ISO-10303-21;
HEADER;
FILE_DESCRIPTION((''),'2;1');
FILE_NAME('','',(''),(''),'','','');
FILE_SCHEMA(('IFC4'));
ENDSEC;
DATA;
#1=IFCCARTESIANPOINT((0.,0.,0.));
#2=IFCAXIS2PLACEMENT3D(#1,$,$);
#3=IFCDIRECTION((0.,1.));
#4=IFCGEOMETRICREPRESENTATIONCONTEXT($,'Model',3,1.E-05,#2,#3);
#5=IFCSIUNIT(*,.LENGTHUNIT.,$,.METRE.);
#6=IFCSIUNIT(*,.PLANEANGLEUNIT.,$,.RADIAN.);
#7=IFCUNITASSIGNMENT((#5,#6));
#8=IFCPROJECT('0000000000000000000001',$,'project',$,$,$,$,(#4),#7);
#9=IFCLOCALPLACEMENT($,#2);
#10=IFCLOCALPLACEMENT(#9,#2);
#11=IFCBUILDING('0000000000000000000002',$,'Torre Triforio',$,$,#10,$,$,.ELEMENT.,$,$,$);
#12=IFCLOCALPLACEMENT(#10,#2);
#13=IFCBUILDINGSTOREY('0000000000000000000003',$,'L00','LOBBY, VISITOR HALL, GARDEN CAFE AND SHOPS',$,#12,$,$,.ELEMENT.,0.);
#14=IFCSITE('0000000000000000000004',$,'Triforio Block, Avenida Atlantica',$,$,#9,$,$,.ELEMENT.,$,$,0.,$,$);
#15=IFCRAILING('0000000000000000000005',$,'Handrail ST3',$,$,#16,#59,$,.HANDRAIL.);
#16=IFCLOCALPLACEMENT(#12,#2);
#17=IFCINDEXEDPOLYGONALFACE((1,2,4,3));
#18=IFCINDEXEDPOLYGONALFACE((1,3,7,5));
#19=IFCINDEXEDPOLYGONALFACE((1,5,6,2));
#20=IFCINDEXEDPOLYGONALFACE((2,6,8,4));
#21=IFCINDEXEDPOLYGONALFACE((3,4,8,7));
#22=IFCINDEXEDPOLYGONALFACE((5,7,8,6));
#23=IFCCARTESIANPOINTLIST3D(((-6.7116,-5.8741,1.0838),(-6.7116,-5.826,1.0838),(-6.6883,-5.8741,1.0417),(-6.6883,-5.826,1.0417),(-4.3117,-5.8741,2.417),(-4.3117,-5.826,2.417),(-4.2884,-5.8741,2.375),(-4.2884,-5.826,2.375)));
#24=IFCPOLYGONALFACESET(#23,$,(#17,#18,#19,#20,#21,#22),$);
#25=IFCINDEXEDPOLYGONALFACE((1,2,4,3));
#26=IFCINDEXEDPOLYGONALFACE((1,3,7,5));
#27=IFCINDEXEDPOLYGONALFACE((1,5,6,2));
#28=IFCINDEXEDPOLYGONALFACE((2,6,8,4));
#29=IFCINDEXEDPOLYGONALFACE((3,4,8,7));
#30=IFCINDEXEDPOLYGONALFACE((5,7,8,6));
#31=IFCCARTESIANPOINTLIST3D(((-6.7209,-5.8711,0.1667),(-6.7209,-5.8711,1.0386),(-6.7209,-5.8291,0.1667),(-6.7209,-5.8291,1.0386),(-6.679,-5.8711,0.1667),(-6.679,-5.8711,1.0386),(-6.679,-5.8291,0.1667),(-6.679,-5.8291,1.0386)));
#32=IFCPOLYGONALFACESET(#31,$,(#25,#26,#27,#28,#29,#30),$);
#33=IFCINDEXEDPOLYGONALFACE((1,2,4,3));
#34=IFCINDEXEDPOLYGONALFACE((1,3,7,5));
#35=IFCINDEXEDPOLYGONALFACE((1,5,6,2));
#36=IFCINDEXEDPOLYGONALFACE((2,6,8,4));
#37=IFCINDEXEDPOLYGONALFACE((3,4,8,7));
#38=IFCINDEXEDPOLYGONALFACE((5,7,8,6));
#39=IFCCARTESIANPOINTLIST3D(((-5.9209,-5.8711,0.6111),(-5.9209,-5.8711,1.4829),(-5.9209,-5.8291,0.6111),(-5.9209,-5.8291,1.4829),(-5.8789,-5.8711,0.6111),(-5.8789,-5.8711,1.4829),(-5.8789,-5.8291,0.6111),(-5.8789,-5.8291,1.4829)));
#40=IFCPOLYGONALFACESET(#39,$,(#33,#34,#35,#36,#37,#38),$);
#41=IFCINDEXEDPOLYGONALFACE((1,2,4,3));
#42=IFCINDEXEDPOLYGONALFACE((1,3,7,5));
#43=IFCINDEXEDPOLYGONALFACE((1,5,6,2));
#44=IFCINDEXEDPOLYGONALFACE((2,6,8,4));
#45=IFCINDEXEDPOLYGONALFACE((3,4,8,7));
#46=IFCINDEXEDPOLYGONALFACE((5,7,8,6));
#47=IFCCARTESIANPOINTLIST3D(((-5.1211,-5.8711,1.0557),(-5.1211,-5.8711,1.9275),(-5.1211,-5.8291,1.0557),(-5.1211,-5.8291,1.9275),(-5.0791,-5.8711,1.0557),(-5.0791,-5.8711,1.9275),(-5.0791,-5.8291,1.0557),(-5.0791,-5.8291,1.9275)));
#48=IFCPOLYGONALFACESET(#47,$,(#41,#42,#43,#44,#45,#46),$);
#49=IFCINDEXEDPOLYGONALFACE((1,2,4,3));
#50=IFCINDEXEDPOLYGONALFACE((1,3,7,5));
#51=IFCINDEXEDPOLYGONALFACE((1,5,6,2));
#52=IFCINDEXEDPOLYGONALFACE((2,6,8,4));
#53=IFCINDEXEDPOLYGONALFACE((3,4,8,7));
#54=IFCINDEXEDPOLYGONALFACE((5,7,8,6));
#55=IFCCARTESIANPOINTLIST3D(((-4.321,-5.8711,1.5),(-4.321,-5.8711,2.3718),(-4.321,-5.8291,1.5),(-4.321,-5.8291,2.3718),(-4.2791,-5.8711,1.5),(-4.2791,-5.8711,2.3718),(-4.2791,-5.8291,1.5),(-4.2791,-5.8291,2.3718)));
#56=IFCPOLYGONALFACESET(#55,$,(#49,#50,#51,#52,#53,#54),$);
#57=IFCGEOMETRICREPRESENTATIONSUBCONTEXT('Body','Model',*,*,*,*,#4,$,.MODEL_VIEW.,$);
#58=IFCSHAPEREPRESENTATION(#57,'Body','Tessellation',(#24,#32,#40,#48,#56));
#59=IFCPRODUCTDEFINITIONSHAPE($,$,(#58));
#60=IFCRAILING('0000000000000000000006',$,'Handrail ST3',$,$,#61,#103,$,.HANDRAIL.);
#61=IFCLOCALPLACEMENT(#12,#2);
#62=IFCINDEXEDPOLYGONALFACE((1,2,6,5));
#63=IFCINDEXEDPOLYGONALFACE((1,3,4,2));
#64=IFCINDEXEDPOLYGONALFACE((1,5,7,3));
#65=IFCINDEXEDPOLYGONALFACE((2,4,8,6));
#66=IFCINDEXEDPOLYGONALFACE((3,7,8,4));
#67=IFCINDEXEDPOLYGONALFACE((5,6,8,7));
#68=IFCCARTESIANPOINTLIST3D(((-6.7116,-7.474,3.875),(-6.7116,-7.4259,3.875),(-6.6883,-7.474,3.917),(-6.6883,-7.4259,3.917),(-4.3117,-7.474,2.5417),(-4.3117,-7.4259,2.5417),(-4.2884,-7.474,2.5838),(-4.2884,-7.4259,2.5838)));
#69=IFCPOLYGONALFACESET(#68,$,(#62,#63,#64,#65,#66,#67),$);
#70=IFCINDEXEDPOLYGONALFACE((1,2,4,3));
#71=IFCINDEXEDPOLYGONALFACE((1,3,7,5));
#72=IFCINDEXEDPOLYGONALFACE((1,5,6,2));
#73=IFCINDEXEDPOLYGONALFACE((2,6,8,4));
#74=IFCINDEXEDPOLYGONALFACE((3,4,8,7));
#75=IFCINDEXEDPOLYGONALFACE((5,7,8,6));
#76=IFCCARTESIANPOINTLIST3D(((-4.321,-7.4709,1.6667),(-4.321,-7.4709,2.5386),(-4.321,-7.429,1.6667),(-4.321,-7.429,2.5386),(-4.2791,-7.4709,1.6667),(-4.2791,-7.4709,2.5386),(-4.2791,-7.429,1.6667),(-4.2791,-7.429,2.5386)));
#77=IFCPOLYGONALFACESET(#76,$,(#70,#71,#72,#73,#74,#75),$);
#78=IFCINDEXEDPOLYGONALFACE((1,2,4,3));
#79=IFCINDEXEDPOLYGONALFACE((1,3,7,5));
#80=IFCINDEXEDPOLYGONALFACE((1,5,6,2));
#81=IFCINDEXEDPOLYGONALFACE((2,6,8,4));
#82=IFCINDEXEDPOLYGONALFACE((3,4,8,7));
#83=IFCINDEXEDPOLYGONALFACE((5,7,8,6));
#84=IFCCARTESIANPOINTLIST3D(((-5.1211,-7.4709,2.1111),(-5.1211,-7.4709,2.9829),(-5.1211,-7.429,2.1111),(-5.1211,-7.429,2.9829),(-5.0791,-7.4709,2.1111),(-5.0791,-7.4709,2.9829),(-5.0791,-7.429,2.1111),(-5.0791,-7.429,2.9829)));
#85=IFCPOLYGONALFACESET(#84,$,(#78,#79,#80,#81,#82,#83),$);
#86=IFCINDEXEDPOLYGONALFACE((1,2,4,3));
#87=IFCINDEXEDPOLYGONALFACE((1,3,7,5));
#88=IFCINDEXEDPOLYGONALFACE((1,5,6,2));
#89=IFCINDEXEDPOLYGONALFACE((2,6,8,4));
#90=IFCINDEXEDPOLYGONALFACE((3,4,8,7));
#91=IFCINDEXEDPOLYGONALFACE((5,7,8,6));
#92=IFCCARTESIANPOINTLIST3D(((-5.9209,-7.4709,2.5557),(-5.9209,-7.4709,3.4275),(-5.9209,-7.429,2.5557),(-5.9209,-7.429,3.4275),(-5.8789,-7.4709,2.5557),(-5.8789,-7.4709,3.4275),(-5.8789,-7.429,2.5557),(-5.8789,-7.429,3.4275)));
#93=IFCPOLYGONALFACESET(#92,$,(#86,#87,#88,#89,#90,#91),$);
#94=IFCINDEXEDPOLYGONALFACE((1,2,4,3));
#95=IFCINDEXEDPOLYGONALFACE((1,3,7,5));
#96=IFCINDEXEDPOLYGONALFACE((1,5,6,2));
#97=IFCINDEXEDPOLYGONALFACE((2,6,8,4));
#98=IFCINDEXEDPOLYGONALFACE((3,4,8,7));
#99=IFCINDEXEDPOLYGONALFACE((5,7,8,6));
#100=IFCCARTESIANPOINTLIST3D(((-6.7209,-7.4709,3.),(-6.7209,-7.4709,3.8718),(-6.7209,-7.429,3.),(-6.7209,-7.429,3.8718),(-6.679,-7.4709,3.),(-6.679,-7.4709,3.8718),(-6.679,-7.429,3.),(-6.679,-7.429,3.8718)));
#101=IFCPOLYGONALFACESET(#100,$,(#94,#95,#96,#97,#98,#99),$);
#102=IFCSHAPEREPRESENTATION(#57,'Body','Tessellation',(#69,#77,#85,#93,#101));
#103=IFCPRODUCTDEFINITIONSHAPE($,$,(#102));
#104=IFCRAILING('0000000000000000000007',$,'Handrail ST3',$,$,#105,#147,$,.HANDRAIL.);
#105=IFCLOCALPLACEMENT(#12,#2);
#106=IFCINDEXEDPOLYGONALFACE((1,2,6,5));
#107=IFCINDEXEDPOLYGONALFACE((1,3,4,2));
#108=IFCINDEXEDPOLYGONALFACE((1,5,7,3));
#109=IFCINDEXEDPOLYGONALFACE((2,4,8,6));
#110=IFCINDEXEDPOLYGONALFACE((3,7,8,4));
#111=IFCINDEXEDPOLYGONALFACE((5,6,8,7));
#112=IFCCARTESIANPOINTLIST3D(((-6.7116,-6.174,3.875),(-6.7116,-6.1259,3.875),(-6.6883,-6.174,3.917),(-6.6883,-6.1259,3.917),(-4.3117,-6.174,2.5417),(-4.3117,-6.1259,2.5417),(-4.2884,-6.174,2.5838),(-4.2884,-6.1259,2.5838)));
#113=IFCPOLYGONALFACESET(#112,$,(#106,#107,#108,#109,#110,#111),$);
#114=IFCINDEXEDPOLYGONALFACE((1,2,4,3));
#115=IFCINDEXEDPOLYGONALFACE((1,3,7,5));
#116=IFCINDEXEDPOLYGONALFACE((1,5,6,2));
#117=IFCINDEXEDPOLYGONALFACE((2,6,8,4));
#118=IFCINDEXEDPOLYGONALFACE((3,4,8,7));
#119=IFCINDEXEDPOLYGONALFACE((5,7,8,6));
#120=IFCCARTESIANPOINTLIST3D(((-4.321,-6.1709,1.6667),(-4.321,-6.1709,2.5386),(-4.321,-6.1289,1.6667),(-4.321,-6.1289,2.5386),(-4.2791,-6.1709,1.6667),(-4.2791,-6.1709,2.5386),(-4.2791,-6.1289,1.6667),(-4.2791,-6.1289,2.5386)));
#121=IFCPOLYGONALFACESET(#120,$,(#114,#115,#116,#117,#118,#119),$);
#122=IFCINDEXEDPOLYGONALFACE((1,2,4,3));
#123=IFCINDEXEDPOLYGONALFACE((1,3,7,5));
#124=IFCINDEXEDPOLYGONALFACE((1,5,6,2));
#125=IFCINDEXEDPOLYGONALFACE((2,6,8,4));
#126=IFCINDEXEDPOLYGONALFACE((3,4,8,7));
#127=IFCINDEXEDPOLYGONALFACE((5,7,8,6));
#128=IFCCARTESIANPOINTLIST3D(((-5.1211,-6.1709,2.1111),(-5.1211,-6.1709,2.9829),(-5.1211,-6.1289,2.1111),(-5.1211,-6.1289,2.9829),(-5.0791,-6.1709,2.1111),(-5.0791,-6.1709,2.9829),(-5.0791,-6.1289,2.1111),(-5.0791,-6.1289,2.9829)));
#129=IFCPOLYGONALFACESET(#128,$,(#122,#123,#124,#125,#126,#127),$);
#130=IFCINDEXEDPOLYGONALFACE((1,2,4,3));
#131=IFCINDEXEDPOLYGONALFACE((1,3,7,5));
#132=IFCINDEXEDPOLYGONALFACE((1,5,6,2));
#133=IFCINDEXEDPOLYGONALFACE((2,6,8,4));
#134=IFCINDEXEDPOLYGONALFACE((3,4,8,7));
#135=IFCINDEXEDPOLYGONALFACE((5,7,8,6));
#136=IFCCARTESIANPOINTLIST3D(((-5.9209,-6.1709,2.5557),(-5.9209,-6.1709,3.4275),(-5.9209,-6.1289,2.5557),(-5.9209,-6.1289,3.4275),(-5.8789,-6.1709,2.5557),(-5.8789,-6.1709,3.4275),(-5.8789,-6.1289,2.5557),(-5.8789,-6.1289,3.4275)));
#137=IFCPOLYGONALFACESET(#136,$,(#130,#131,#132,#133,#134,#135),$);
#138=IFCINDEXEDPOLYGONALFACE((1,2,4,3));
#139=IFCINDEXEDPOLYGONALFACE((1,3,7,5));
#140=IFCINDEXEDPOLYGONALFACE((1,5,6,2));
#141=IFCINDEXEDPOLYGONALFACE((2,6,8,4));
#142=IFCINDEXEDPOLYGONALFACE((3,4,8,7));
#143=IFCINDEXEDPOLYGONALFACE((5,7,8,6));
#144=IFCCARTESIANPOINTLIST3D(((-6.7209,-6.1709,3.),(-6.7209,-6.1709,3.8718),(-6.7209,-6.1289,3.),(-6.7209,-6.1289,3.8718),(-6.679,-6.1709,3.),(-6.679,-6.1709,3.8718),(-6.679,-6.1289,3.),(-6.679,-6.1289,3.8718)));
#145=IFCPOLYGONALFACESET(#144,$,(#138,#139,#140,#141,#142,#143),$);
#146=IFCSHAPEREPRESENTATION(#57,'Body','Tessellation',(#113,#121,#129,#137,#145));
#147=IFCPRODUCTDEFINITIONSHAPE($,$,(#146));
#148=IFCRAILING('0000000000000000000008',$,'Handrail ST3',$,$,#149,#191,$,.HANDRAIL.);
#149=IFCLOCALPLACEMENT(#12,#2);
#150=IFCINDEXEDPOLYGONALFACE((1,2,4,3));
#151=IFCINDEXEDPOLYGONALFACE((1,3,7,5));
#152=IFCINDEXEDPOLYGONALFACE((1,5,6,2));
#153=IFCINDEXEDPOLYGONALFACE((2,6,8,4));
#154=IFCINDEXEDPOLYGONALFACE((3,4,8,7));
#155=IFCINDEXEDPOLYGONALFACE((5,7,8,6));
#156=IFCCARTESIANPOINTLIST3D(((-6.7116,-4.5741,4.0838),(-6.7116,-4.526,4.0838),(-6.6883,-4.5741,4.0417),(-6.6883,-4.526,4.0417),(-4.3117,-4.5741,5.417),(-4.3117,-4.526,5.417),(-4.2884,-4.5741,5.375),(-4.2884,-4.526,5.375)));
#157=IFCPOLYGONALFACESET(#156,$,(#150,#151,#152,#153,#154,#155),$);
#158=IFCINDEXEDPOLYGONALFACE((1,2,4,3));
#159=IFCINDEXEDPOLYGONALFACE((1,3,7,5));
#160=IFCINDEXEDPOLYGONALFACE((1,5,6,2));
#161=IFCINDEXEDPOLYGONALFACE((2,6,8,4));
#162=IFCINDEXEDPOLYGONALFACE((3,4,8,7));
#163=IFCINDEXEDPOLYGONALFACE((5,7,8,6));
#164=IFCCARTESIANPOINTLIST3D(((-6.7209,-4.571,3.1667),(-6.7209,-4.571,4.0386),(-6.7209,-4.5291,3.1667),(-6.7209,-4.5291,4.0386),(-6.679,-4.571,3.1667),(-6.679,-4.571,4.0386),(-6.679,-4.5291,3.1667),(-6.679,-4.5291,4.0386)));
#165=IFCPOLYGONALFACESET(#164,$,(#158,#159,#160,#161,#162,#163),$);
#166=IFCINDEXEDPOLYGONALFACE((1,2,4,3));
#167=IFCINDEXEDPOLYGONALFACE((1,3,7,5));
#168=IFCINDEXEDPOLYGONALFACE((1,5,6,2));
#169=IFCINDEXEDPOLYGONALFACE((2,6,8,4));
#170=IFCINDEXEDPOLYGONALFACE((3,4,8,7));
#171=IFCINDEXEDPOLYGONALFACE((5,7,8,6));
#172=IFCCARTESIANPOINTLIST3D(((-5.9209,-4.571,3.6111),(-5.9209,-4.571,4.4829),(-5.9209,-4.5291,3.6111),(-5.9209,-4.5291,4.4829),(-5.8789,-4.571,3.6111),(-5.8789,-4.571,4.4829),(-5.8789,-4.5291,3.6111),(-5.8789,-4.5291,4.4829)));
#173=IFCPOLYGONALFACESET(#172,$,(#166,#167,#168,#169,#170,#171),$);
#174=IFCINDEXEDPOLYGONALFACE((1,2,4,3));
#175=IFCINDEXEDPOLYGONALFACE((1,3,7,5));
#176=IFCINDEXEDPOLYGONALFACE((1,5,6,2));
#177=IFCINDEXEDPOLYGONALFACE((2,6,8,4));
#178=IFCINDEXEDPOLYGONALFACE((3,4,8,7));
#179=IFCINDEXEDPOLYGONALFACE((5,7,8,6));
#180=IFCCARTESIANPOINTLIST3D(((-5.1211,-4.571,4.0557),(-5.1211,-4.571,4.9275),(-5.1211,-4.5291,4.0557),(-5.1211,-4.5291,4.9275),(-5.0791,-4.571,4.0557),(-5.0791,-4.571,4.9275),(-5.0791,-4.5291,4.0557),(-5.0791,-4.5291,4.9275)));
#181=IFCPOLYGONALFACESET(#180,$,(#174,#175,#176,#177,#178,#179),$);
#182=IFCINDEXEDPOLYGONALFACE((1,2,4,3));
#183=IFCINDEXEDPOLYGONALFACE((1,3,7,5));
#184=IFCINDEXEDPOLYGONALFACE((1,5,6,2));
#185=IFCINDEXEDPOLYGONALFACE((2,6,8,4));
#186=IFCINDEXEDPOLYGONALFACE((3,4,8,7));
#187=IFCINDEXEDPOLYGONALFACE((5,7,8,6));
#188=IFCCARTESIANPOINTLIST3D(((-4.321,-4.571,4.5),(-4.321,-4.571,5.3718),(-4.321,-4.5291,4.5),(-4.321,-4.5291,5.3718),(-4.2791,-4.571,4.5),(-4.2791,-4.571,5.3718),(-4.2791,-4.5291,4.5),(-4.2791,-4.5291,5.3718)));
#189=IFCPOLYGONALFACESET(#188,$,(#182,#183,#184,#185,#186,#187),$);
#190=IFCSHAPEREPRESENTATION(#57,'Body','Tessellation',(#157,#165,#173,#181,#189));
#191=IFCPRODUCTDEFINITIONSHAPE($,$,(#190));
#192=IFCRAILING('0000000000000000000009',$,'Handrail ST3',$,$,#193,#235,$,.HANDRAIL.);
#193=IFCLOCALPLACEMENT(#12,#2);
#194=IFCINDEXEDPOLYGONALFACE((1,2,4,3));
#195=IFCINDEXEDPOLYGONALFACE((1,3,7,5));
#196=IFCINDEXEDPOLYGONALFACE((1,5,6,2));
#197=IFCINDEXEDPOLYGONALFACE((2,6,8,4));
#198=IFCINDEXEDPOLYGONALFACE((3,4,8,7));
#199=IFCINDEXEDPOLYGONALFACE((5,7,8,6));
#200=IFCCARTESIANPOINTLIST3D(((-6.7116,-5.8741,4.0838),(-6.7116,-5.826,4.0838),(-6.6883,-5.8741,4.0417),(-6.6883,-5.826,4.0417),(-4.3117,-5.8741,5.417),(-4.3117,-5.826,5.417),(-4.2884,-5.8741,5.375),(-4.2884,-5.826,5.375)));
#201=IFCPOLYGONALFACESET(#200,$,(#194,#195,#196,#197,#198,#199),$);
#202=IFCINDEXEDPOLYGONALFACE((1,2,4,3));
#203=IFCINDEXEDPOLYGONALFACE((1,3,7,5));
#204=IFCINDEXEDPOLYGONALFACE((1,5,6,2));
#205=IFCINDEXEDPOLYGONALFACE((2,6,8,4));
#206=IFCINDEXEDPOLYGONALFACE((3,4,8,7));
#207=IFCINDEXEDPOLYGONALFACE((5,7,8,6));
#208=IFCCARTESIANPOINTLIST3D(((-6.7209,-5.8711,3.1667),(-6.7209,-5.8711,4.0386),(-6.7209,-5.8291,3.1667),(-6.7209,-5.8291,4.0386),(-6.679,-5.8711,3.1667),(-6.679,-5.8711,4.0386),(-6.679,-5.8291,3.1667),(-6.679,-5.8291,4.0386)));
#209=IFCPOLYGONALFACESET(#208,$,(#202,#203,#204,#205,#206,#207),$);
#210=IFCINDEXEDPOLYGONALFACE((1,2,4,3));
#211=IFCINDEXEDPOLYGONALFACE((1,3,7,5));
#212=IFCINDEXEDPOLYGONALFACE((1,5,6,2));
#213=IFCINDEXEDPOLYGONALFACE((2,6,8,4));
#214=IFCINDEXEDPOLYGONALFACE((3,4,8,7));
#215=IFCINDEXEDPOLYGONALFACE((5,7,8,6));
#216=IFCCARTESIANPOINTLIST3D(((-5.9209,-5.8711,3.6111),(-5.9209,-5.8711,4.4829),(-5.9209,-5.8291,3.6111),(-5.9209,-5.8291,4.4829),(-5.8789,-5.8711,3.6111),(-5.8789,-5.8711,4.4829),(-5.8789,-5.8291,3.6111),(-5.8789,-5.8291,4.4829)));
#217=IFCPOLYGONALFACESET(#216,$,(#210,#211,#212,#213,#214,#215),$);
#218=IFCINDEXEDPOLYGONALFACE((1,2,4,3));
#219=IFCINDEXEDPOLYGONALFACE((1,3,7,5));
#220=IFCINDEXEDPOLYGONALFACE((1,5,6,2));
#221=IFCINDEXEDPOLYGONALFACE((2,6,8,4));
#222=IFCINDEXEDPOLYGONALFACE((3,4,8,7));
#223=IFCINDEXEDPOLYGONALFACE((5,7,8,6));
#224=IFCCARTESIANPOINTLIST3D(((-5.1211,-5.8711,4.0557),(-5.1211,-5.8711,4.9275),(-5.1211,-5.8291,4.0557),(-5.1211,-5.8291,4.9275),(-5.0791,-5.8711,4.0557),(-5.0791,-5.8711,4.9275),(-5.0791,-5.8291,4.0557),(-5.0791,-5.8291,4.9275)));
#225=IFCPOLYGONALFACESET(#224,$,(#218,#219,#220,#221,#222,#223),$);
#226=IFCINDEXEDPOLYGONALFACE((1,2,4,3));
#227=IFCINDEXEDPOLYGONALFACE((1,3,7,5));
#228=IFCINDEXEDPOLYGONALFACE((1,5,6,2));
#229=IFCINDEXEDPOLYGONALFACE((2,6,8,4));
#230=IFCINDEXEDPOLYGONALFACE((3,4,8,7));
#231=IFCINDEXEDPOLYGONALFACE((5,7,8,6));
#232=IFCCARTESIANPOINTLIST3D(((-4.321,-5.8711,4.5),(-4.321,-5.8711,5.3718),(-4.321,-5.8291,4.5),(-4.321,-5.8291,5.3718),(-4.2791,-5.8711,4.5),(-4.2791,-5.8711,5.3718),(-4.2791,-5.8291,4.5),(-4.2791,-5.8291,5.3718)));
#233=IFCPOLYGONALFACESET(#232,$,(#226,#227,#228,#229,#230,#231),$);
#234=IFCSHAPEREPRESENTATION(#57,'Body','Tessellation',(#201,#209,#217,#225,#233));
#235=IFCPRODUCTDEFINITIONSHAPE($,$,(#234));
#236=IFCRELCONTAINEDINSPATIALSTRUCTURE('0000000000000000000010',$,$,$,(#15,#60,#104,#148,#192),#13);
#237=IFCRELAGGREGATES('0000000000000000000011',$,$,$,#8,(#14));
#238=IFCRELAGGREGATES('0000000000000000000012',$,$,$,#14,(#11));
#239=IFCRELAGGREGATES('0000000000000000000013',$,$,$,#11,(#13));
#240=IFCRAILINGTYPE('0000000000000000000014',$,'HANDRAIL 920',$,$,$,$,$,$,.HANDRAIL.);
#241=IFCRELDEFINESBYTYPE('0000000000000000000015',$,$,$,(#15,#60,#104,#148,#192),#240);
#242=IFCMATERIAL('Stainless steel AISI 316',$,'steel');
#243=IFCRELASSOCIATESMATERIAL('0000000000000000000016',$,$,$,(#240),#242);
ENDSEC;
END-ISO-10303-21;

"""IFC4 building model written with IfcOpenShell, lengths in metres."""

from ifc_helpers import new_model, si_unit, direction, frame, origin, origin_2d, place, context, subcontext, project, spatial, rectangle, extrude, material, type_object, element, save


model = new_model("IFC4")

# Units and contexts
model_context = context("Model", 3, precision=1e-05, world=origin(), true_north=direction((0.0, 1.0)))
body_context = subcontext(model_context, "Body", "Model", "MODEL_VIEW")
ifc_project = project(units=[si_unit("LENGTHUNIT", "METRE"), si_unit("PLANEANGLEUNIT", "RADIAN")], contexts=[model_context])

# Site, building, storey
site_placement = place(None, origin())
site = spatial("IfcSite", under=ifc_project, at=site_placement, Name="Triforio Block, Avenida Atlantica", CompositionType="ELEMENT", RefElevation=0.0)
building_placement = place(site_placement, origin())
building = spatial("IfcBuilding", under=site, at=building_placement, Name="Torre Triforio", CompositionType="ELEMENT")
storey_placement = place(building_placement, origin())
storey = spatial("IfcBuildingStorey", under=building, at=storey_placement, Name="L00", Description="LOBBY, VISITOR HALL, GARDEN CAFE AND SHOPS", CompositionType="ELEMENT", Elevation=0.0)

# Railings
ifc_material_1 = material(Name="Stainless steel AISI 316", Category="steel")
railing_type_1 = type_object("IfcRailingType", Name="HANDRAIL 920", PredefinedType="HANDRAIL", material=ifc_material_1)
for number, where, name in (
    (1, (-6.7, -5.8501, 0.1667), "Handrail ST3"),
):
    element("IfcRailing", number, at=place(storey_placement, frame(where)), inside=storey, type_object=railing_type_1, Name=name, PredefinedType="HANDRAIL", context=body_context, shape_type="SweptSolid", body=[
        extrude(rectangle(XDim=0.0481, YDim=0.0481, at=origin_2d()), frame((0.0, 0.0, 0.896), z_axis=(0.874161, 0.0, 0.485635), x_axis=(0.0, 1.0, 0.0)), (0.0, 0.0, 1.0), 2.7454),
        extrude(rectangle(XDim=0.042, YDim=0.042, at=origin_2d()), origin(), (0.0, 0.0, 1.0), 0.8718),
        extrude(rectangle(XDim=0.042, YDim=0.042, at=origin_2d()), frame((0.8, 0.0, 0.4443)), (0.0, 0.0, 1.0), 0.8718),
        extrude(rectangle(XDim=0.042, YDim=0.042, at=origin_2d()), frame((1.5999, 0.0, 0.8889)), (0.0, 0.0, 1.0), 0.8718),
        extrude(rectangle(XDim=0.042, YDim=0.042, at=origin_2d()), frame((2.3999, 0.0, 1.3333)), (0.0, 0.0, 1.0), 0.8718),
    ])
for number, where, name in (
    (2, (-4.3, -7.45, 1.6667), "Handrail ST3"),
    (3, (-4.3, -6.1499, 1.6667), "Handrail ST3"),
):
    element("IfcRailing", number, at=place(storey_placement, frame(where)), inside=storey, type_object=railing_type_1, Name=name, PredefinedType="HANDRAIL", context=body_context, shape_type="SweptSolid", body=[
        extrude(rectangle(XDim=0.0481, YDim=0.0481, at=origin_2d()), frame((0.0, 0.0, 0.896), z_axis=(-0.874161, 0.0, 0.485635), x_axis=(0.0, -1.0, 0.0)), (0.0, 0.0, 1.0), 2.7454),
        extrude(rectangle(XDim=0.042, YDim=0.042, at=origin_2d()), origin(), (0.0, 0.0, 1.0), 0.8718),
        extrude(rectangle(XDim=0.042, YDim=0.042, at=origin_2d()), frame((-0.8, 0.0, 0.4443)), (0.0, 0.0, 1.0), 0.8718),
        extrude(rectangle(XDim=0.042, YDim=0.042, at=origin_2d()), frame((-1.5999, 0.0, 0.8889)), (0.0, 0.0, 1.0), 0.8718),
        extrude(rectangle(XDim=0.042, YDim=0.042, at=origin_2d()), frame((-2.3999, 0.0, 1.3333)), (0.0, 0.0, 1.0), 0.8718),
    ])
for number, where, name in (
    (4, (-6.7, -4.55, 3.1667), "Handrail ST3"),
    (5, (-6.7, -5.8501, 3.1667), "Handrail ST3"),
):
    element("IfcRailing", number, at=place(storey_placement, frame(where)), inside=storey, type_object=railing_type_1, Name=name, PredefinedType="HANDRAIL", context=body_context, shape_type="SweptSolid", body=[
        extrude(rectangle(XDim=0.0481, YDim=0.0481, at=origin_2d()), frame((0.0, 0.0, 0.896), z_axis=(0.874161, 0.0, 0.485635), x_axis=(0.0, 1.0, 0.0)), (0.0, 0.0, 1.0), 2.7454),
        extrude(rectangle(XDim=0.042, YDim=0.042, at=origin_2d()), origin(), (0.0, 0.0, 1.0), 0.8718),
        extrude(rectangle(XDim=0.042, YDim=0.042, at=origin_2d()), frame((0.8, 0.0, 0.4443)), (0.0, 0.0, 1.0), 0.8718),
        extrude(rectangle(XDim=0.042, YDim=0.042, at=origin_2d()), frame((1.5999, 0.0, 0.8889)), (0.0, 0.0, 1.0), 0.8718),
        extrude(rectangle(XDim=0.042, YDim=0.042, at=origin_2d()), frame((2.3999, 0.0, 1.3333)), (0.0, 0.0, 1.0), 0.8718),
    ])

save(model, "model.ifc")
